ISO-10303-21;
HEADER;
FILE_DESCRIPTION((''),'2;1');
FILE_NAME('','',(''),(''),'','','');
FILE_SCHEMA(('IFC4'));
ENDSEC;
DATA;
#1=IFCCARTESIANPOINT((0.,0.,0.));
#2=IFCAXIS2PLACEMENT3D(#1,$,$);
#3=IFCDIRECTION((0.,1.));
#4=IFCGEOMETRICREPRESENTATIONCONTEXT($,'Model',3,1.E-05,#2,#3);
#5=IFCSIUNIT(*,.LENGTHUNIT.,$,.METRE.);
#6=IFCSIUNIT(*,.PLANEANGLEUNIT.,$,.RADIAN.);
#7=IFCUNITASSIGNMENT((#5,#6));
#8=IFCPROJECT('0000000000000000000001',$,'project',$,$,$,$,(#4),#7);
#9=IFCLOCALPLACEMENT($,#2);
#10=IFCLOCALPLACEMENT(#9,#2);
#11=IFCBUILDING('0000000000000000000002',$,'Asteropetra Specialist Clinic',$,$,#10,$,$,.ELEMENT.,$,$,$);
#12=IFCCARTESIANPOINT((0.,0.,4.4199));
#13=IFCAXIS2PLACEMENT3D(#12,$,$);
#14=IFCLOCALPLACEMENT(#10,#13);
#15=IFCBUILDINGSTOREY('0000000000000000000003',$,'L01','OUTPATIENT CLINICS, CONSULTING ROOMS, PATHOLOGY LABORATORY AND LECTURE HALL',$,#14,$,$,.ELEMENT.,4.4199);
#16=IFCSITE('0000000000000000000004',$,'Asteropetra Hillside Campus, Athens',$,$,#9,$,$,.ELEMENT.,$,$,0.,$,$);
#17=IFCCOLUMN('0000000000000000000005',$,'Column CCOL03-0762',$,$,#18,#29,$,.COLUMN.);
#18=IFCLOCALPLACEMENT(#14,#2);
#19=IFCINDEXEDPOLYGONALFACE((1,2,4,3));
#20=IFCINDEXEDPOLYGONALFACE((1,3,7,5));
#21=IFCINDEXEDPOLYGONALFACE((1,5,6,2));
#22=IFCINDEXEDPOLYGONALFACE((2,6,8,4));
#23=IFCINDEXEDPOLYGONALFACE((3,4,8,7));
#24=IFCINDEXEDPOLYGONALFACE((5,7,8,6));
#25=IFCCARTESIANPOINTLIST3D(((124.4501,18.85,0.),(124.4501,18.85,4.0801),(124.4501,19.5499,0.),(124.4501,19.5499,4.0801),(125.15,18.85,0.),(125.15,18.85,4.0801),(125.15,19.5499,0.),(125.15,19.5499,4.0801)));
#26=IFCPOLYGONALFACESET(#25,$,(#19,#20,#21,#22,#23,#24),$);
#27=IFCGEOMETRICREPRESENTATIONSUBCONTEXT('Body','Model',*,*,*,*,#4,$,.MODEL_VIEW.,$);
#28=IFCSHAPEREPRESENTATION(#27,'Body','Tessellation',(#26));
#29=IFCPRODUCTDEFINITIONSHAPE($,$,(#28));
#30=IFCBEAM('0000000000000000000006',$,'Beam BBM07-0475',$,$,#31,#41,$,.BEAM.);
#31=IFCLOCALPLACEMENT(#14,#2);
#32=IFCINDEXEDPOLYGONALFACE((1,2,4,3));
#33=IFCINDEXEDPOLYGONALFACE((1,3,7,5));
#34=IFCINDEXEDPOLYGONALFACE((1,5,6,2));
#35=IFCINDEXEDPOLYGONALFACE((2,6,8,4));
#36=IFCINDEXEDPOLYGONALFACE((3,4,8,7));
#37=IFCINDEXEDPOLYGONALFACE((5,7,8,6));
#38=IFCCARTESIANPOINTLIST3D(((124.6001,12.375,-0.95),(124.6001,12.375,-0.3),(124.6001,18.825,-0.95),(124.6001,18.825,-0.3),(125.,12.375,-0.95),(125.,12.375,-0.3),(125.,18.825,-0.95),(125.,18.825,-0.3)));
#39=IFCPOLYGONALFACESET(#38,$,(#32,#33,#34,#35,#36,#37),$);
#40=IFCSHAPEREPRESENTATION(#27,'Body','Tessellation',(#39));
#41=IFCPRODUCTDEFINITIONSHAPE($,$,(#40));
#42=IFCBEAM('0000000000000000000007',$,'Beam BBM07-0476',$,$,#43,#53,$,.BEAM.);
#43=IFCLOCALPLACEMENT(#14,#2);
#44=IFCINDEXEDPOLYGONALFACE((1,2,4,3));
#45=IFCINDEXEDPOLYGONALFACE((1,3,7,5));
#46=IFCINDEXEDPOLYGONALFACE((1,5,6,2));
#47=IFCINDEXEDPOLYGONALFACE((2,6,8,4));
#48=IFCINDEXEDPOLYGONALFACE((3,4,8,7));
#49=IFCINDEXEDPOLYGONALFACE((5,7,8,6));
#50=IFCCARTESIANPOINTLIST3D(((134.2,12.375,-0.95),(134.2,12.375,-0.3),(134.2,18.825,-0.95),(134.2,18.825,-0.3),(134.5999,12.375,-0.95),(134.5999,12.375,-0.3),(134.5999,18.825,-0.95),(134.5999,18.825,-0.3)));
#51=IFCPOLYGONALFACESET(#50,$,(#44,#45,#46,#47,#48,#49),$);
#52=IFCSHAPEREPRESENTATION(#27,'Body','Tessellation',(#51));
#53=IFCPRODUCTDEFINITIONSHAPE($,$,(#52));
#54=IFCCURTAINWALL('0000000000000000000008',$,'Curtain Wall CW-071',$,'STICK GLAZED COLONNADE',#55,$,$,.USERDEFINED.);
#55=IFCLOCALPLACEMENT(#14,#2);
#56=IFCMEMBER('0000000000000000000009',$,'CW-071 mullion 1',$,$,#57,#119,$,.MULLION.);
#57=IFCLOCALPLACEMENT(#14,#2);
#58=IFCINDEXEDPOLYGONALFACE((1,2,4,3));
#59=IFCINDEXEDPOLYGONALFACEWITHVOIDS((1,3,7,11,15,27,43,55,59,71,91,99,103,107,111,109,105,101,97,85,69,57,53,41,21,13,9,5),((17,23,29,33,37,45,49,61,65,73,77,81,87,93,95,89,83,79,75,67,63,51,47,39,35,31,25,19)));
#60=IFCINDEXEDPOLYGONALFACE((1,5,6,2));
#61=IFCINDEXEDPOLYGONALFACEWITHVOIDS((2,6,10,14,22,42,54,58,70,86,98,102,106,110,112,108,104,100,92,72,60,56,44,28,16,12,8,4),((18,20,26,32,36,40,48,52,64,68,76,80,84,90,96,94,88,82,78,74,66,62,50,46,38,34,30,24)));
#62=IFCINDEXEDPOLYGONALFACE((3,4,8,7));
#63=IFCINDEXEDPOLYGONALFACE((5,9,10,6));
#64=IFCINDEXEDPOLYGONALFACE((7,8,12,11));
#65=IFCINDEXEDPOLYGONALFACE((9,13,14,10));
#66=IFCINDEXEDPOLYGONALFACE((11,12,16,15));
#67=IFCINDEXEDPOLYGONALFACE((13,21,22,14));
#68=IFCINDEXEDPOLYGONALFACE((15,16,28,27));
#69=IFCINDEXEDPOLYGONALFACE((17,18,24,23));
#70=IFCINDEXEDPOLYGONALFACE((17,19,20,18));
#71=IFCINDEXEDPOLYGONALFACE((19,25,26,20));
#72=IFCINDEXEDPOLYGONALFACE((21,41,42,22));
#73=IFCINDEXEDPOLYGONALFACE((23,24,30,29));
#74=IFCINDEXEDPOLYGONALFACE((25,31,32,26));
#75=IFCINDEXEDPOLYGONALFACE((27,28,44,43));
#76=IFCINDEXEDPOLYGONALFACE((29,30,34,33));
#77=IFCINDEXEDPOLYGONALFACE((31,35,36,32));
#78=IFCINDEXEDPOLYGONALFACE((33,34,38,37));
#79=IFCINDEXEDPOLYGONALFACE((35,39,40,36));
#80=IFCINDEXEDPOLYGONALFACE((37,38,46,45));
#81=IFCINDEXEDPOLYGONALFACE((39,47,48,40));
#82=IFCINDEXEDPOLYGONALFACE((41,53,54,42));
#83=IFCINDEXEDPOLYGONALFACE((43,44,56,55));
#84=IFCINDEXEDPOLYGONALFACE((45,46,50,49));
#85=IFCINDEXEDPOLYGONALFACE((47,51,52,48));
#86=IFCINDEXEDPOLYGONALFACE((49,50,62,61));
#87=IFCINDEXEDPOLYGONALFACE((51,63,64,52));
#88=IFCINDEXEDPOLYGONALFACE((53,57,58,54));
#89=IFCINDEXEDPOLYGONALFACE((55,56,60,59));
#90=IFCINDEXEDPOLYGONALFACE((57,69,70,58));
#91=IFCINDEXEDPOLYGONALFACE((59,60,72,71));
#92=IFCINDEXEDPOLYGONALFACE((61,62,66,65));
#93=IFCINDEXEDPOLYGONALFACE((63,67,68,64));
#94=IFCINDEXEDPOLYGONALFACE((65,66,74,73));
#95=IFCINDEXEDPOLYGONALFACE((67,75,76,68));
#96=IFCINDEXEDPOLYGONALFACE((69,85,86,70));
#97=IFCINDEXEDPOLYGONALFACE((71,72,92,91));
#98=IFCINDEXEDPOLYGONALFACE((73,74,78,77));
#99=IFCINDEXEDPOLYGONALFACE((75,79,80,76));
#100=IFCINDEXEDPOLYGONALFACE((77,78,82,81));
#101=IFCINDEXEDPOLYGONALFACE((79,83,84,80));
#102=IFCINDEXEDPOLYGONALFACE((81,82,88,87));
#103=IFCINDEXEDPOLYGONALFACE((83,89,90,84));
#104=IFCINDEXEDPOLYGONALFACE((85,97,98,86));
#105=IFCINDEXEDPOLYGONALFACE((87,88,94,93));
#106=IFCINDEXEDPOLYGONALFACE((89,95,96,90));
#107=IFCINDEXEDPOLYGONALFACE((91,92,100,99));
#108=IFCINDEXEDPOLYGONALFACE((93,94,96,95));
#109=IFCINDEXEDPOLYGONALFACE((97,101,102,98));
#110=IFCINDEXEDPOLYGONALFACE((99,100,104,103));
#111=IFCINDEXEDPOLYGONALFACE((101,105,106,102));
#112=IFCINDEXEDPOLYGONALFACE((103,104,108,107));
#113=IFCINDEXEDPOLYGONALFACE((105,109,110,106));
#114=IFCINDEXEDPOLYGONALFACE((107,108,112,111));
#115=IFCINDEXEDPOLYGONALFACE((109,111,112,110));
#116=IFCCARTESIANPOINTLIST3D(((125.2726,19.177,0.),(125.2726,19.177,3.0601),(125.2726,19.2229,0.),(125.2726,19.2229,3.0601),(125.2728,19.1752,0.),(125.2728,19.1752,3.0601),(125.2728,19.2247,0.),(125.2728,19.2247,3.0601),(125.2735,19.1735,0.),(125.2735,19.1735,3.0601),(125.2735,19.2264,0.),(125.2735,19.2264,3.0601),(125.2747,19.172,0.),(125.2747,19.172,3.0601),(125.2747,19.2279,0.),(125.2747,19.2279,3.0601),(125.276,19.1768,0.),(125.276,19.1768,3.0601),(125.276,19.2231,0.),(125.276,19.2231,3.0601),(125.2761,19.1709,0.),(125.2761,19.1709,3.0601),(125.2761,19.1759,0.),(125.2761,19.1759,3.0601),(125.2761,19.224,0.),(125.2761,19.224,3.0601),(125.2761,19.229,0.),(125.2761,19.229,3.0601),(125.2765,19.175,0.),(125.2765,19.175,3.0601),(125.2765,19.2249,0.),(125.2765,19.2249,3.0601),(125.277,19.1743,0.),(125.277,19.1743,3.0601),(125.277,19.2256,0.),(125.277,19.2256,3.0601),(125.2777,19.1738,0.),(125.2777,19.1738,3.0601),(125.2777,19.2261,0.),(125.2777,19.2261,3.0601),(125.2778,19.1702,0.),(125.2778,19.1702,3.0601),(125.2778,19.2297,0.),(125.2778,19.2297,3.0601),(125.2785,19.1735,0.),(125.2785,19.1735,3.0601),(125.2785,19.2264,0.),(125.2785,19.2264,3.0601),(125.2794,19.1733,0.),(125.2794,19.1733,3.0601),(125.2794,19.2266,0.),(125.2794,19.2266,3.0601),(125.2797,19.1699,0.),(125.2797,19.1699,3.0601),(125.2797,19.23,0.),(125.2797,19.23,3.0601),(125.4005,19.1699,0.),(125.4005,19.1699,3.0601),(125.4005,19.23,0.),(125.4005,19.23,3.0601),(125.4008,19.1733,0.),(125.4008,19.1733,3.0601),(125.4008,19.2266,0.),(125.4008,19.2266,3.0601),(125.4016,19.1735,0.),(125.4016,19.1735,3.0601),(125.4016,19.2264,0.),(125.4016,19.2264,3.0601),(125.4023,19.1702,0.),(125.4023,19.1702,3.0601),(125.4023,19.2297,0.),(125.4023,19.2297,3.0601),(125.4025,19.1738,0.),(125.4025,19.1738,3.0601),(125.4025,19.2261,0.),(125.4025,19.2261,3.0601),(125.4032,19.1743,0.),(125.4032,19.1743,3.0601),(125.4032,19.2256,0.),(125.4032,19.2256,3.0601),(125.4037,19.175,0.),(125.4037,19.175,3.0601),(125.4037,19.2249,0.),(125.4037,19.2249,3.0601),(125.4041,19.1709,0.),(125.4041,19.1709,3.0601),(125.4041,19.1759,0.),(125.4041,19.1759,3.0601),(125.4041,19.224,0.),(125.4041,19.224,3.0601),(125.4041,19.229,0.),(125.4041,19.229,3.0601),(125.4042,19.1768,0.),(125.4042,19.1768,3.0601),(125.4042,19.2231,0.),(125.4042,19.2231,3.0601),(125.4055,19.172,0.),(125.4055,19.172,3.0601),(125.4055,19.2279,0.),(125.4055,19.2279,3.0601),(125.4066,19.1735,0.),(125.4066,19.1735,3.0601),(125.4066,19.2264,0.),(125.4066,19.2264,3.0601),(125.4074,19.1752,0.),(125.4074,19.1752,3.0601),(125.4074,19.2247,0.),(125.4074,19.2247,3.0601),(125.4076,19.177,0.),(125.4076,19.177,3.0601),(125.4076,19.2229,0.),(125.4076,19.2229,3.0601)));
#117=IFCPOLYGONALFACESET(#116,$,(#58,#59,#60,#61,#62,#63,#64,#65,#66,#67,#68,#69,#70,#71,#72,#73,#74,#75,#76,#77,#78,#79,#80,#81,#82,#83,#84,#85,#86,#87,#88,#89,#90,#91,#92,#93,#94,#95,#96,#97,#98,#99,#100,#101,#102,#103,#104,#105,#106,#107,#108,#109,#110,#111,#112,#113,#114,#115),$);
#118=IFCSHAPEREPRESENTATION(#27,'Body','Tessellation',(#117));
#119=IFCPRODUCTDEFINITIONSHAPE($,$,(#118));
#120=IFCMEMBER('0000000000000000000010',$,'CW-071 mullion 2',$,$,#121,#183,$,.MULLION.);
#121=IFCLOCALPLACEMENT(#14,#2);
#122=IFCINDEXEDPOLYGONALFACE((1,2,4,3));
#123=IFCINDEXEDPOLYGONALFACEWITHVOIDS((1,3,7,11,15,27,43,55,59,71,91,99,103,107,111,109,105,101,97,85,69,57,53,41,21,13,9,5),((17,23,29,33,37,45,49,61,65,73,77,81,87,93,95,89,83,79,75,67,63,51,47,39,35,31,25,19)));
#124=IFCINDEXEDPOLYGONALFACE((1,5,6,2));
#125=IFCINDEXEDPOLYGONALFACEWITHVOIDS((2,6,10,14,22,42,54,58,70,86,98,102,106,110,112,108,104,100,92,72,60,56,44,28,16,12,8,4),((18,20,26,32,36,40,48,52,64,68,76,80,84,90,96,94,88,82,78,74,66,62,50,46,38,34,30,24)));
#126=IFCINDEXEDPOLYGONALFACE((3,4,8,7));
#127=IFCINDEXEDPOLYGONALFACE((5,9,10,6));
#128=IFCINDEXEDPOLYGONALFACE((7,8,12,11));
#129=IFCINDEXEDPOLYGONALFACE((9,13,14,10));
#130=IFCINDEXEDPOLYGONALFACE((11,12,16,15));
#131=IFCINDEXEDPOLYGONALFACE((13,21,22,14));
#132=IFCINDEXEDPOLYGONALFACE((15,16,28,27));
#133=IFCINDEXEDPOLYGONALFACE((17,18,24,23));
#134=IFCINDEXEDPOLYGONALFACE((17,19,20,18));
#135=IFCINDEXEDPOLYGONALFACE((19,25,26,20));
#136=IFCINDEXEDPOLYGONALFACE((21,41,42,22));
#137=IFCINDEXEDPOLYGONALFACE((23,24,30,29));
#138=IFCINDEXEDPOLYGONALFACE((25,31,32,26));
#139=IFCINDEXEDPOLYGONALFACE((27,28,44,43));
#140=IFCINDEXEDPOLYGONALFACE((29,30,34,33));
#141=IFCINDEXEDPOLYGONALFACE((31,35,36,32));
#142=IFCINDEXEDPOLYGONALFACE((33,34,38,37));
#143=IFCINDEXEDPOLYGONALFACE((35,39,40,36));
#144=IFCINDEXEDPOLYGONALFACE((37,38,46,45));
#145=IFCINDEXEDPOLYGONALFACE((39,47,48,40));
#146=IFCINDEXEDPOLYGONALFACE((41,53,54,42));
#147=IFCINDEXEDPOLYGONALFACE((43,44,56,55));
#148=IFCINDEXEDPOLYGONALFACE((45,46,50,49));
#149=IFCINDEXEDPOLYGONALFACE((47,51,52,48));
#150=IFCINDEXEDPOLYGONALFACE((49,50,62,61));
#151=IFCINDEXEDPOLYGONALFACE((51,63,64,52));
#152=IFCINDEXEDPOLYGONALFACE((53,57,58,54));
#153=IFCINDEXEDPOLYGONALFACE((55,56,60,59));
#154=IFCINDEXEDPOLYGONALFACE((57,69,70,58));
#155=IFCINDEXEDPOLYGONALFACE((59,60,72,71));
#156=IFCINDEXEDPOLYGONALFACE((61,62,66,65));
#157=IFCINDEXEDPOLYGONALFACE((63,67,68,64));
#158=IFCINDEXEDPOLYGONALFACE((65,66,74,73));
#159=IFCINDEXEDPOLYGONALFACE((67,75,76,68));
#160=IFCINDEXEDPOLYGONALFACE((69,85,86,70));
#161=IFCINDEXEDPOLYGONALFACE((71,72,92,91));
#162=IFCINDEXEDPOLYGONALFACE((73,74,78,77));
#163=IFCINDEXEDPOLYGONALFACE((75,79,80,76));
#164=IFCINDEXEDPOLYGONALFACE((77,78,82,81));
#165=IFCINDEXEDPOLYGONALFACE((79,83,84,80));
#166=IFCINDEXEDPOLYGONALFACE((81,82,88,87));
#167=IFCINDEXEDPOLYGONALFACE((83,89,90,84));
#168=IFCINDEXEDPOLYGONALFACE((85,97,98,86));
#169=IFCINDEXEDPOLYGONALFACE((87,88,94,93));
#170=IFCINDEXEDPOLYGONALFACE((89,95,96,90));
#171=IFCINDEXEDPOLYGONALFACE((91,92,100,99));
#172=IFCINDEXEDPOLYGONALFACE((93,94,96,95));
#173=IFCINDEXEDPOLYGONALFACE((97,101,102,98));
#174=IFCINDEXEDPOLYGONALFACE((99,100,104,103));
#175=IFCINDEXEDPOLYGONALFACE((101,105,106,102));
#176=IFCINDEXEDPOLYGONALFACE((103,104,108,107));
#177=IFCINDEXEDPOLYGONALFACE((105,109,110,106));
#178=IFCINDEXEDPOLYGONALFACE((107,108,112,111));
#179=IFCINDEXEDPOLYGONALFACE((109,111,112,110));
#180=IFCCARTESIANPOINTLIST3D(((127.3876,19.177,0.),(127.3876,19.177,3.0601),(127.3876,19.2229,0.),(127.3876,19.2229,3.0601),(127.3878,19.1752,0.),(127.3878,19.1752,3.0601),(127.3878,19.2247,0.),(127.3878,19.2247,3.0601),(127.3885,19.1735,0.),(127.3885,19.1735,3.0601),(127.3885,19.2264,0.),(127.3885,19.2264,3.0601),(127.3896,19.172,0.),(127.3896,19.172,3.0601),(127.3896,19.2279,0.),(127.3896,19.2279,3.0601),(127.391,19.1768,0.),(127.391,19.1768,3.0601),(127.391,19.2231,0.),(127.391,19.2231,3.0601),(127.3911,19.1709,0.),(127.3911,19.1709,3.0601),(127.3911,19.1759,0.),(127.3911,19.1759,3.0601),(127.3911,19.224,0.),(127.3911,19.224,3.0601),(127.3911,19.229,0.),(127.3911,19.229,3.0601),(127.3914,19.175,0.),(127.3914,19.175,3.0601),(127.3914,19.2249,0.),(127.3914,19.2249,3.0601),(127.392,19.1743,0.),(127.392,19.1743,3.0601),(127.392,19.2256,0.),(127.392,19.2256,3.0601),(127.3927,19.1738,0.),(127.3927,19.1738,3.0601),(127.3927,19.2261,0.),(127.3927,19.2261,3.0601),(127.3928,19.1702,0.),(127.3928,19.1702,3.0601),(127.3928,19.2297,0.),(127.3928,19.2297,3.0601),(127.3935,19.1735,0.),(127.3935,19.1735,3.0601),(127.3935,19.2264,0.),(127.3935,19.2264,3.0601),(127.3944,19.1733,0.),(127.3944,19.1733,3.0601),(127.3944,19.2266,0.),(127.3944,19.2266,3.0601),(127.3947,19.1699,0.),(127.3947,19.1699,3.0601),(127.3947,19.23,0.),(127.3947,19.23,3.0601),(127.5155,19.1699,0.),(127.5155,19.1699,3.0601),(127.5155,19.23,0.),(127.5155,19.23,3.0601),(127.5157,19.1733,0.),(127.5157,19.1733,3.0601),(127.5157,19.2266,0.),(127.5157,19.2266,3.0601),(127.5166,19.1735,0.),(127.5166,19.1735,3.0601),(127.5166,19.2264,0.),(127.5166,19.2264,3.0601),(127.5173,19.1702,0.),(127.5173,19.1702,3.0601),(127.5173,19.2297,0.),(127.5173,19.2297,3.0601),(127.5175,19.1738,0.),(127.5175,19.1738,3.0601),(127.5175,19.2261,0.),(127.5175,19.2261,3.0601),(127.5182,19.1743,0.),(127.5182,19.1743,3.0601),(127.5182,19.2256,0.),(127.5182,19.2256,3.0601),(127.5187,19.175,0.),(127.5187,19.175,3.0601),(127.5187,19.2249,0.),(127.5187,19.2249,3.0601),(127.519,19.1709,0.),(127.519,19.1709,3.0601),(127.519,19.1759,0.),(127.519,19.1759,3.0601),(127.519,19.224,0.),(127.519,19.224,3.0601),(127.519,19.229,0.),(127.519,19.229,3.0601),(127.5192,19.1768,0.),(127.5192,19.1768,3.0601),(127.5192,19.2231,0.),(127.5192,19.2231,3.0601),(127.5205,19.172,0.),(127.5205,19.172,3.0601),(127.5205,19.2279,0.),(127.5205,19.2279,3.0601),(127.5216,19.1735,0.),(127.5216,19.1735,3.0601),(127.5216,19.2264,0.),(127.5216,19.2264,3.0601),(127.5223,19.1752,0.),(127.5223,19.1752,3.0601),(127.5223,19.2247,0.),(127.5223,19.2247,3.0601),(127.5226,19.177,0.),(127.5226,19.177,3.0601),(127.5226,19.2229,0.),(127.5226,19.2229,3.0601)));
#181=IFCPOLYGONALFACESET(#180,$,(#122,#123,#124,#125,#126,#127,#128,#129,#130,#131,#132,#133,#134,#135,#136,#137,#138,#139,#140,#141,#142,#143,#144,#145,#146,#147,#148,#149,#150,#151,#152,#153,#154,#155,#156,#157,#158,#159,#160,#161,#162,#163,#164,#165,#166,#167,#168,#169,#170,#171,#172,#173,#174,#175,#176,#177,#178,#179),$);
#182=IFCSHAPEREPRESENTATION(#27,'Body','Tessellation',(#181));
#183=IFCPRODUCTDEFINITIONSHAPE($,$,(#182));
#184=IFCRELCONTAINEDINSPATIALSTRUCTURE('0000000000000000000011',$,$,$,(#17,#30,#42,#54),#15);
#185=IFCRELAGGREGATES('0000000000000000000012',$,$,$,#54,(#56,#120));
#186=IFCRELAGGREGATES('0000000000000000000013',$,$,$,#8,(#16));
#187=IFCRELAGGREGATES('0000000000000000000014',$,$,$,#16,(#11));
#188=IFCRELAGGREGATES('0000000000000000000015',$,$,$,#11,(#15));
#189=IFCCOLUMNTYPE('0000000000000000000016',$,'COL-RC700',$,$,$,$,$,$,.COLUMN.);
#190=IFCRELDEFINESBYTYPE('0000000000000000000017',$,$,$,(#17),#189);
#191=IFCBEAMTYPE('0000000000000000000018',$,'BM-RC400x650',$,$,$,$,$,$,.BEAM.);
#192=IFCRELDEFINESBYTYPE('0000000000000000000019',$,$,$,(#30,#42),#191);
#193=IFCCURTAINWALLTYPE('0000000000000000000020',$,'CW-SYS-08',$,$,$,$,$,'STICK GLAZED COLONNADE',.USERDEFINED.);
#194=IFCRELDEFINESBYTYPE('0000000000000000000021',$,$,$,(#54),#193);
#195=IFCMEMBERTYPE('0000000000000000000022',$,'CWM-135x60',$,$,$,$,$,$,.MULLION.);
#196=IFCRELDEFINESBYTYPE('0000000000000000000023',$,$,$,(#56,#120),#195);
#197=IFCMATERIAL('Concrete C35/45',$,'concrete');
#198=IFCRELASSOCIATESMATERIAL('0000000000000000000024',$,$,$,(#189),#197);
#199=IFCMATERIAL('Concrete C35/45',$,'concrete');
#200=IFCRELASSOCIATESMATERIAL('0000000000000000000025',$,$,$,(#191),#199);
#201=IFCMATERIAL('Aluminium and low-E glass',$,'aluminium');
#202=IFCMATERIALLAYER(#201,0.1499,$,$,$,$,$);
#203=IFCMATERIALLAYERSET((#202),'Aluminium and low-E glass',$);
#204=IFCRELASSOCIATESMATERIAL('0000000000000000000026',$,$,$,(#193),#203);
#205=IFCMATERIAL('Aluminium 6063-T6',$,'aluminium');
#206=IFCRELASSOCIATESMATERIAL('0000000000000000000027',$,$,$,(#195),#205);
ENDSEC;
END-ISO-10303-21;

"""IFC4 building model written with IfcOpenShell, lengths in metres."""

from ifc_helpers import new_model, si_unit, direction, frame, origin, origin_2d, place, context, subcontext, project, spatial, rectangle, hollow_rectangle, extrude, material, layer, layer_set, material_profile, profile_set, type_object, element, aggregate, save


model = new_model("IFC4")

# Units and contexts
model_context = context("Model", 3, precision=1e-05, world=origin(), true_north=direction((0.0, 1.0)))
body_context = subcontext(model_context, "Body", "Model", "MODEL_VIEW")
ifc_project = project(units=[si_unit("LENGTHUNIT", "METRE"), si_unit("PLANEANGLEUNIT", "RADIAN")], contexts=[model_context])

# Site, building, storey
site_placement = place(None, origin())
site = spatial("IfcSite", under=ifc_project, at=site_placement, Name="Asteropetra Hillside Campus, Athens", CompositionType="ELEMENT", RefElevation=0.0)
building_placement = place(site_placement, origin())
building = spatial("IfcBuilding", under=site, at=building_placement, Name="Asteropetra Specialist Clinic", CompositionType="ELEMENT")
storey_placement = place(building_placement, frame((0.0, 0.0, 4.4199)))
storey = spatial("IfcBuildingStorey", under=building, at=storey_placement, Name="L01", Description="OUTPATIENT CLINICS, CONSULTING ROOMS, PATHOLOGY LABORATORY AND LECTURE HALL", CompositionType="ELEMENT", Elevation=4.4199)

# Column
ifc_material_1 = material(Name="Concrete C35/45", Category="concrete")
ifc_material_profile_1 = material_profile(ifc_material_1, rectangle(XDim=0.7, YDim=0.7, at=origin_2d()), Name="RC 700x700")
ifc_profile_set_1 = profile_set([ifc_material_profile_1], Name="Concrete C35/45")
column_type = type_object("IfcColumnType", Name="COL-RC700", PredefinedType="COLUMN", material=ifc_profile_set_1)
column_placement = place(storey_placement, frame((124.8, 19.2, 0.0), z_axis=(0.0, 0.0, 1.0), x_axis=(1.0, 0.0, 0.0)))
element("IfcColumn", 1, at=column_placement, inside=storey, type_object=column_type, Name="Column CCOL03-0762", PredefinedType="COLUMN", context=body_context, shape_type="SweptSolid", body=[
    extrude(rectangle(XDim=0.7, YDim=0.7, at=origin_2d()), origin(), (0.0, 0.0, 1.0), 4.0801),
])

# Beams
ifc_material_2 = material(Name="Concrete C35/45", Category="concrete")
ifc_material_profile_2 = material_profile(ifc_material_2, rectangle(XDim=0.3999, YDim=0.6499, at=origin_2d()), Name="RCB 400x650")
ifc_profile_set_2 = profile_set([ifc_material_profile_2], Name="Concrete C35/45")
beam_type = type_object("IfcBeamType", Name="BM-RC400x650", PredefinedType="BEAM", material=ifc_profile_set_2)
for number, where, z_axis, x_axis, name in (
    (2, (124.8, 12.375, -0.625), (0.0, 1.0, 0.0), (-1.0, 0.0, 0.0), "Beam BBM07-0475"),
    (3, (134.3999, 12.375, -0.625), (0.0, 1.0, 0.0), (-1.0, 0.0, 0.0), "Beam BBM07-0476"),
):
    element("IfcBeam", number, at=place(storey_placement, frame(where, z_axis=z_axis, x_axis=x_axis)), inside=storey, type_object=beam_type, Name=name, PredefinedType="BEAM", context=body_context, shape_type="SweptSolid", body=[
        extrude(rectangle(XDim=0.3999, YDim=0.6499, at=origin_2d()), origin(), (0.0, 0.0, 1.0), 6.45),
    ])

# Curtain wall, members
ifc_material_3 = material(Name="Aluminium and low-E glass", Category="aluminium")
ifc_layer_1 = layer(ifc_material_3, 0.1499)
ifc_layer_set_1 = layer_set([ifc_layer_1], Name="Aluminium and low-E glass")
curtain_wall_type = type_object("IfcCurtainWallType", Name="CW-SYS-08", ElementType="STICK GLAZED COLONNADE", PredefinedType="USERDEFINED", material=ifc_layer_set_1)
curtain_wall_placement = place(storey_placement, origin())
curtain_wall = element("IfcCurtainWall", 4, at=curtain_wall_placement, inside=storey, type_object=curtain_wall_type, Name="Curtain Wall CW-071", ObjectType="STICK GLAZED COLONNADE", PredefinedType="USERDEFINED")
ifc_material_4 = material(Name="Aluminium 6063-T6", Category="aluminium")
ifc_material_profile_3 = material_profile(ifc_material_4, hollow_rectangle(XDim=0.0601, YDim=0.135, WallThickness=0.0034, InnerFilletRadius=0.0034, OuterFilletRadius=0.0071, at=origin_2d()), Name="MUL 135x60x3.5")
ifc_profile_set_3 = profile_set([ifc_material_profile_3], Name="Aluminium 6063-T6")
member_type_1 = type_object("IfcMemberType", Name="CWM-135x60", PredefinedType="MULLION", material=ifc_profile_set_3)
member_1_placement = place(storey_placement, frame((125.3401, 19.2, 0.0), z_axis=(0.0, 0.0, 1.0), x_axis=(0.0, 1.0, 0.0)))
member_1 = element("IfcMember", 5, at=member_1_placement, type_object=member_type_1, Name="CW-071 mullion 1", PredefinedType="MULLION", context=body_context, shape_type="SweptSolid", body=[
    extrude(hollow_rectangle(XDim=0.0601, YDim=0.135, WallThickness=0.0034, InnerFilletRadius=0.0034, OuterFilletRadius=0.0071, at=origin_2d()), origin(), (0.0, 0.0, 1.0), 3.0601),
])
member_2_placement = place(storey_placement, frame((127.4551, 19.2, 0.0), z_axis=(0.0, 0.0, 1.0), x_axis=(0.0, 1.0, 0.0)))
member_2 = element("IfcMember", 6, at=member_2_placement, type_object=member_type_1, Name="CW-071 mullion 2", PredefinedType="MULLION", context=body_context, shape_type="SweptSolid", body=[
    extrude(hollow_rectangle(XDim=0.0601, YDim=0.135, WallThickness=0.0034, InnerFilletRadius=0.0034, OuterFilletRadius=0.0071, at=origin_2d()), origin(), (0.0, 0.0, 1.0), 3.0601),
])
aggregate(curtain_wall, [member_1, member_2])

save(model, "model.ifc")
